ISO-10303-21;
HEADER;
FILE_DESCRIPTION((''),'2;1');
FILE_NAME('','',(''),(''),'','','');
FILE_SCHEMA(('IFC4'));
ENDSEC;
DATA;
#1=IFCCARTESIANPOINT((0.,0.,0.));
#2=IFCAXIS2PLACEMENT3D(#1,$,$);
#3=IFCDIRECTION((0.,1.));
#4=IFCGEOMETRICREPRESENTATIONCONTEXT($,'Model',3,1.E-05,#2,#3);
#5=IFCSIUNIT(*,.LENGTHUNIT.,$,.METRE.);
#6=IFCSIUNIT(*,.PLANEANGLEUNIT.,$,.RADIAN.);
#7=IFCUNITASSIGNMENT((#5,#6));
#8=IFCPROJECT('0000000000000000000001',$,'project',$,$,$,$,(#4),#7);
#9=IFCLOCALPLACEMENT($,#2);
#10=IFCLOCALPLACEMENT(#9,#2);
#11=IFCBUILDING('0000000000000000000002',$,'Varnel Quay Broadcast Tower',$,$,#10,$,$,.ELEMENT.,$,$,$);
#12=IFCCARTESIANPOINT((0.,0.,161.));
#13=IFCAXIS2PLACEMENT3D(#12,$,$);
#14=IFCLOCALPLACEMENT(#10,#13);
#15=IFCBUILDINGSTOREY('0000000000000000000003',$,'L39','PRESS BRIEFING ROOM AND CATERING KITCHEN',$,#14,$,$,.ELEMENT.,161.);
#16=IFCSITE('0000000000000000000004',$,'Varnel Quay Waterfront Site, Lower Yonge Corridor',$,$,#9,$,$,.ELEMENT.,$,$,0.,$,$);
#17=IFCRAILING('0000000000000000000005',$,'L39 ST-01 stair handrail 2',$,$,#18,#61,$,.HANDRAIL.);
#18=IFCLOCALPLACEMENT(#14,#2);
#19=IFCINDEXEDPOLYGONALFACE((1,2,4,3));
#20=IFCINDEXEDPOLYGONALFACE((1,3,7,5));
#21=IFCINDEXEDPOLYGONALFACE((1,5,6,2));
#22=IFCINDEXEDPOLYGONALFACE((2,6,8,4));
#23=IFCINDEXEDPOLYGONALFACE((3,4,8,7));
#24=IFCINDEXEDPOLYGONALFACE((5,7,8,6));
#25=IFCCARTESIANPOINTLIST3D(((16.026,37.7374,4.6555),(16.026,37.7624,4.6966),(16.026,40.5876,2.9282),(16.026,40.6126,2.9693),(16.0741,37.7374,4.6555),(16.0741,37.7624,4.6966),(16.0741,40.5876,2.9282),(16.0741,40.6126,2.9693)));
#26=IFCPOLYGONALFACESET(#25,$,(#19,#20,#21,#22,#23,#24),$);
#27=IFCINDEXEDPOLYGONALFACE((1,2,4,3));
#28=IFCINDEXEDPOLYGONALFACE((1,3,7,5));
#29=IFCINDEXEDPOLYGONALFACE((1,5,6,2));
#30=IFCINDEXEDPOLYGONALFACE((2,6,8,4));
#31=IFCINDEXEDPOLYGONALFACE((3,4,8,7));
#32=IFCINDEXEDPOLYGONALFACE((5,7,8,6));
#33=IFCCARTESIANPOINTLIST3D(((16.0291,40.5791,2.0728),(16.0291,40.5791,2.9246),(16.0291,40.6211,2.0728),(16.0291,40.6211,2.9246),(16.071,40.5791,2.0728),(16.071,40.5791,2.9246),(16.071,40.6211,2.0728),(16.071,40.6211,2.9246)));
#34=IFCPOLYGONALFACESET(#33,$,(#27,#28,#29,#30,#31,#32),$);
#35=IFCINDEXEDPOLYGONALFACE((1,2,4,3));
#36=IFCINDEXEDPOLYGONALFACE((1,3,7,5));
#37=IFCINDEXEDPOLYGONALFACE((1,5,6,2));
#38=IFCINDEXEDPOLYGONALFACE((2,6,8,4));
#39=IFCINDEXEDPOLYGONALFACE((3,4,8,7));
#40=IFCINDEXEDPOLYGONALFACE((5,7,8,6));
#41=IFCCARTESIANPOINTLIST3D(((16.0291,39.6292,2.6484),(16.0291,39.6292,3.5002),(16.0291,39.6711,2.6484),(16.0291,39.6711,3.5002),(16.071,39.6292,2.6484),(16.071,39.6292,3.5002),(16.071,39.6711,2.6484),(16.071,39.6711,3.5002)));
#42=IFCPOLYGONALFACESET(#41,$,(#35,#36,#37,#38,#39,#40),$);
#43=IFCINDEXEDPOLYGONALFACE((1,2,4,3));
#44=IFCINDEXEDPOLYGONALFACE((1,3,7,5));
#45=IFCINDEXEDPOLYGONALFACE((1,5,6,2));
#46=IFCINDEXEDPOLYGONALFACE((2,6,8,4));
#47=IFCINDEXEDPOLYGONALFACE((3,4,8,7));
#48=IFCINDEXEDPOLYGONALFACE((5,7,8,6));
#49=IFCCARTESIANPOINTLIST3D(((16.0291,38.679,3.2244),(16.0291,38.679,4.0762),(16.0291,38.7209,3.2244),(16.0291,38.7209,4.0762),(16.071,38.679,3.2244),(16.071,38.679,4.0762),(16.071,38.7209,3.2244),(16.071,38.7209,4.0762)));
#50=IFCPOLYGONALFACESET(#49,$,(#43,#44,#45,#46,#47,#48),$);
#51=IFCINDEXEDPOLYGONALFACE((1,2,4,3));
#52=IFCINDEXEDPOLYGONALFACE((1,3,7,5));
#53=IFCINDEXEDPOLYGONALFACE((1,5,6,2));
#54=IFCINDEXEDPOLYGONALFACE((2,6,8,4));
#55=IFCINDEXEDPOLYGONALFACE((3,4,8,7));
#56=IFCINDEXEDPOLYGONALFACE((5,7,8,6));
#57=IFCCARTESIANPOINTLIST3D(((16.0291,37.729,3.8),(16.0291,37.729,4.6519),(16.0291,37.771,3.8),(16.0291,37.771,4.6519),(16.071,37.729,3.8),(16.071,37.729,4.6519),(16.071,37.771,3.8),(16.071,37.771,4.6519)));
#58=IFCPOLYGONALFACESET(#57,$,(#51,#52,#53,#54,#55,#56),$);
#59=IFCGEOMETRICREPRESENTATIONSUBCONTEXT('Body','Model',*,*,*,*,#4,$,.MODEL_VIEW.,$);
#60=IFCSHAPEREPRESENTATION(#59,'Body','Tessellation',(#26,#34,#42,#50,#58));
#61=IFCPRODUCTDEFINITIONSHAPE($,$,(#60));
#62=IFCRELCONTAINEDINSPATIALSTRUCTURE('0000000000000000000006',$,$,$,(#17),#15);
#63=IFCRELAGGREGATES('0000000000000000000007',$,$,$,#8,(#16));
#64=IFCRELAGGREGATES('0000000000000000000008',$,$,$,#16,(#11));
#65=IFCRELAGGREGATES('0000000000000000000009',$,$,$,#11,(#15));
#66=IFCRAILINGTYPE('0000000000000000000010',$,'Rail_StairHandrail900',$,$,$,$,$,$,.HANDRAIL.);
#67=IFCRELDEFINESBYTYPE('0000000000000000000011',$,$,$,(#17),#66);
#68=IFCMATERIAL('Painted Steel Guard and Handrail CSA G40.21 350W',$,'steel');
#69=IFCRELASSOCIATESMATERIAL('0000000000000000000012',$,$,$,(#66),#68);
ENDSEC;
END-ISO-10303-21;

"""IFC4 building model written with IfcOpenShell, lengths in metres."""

from ifc_helpers import new_model, si_unit, direction, frame, origin, origin_2d, place, context, subcontext, project, spatial, rectangle, extrude, material, type_object, element, save


model = new_model("IFC4")

# Units and contexts
model_context = context("Model", 3, precision=1e-05, world=origin(), true_north=direction((0.0, 1.0)))
body_context = subcontext(model_context, "Body", "Model", "MODEL_VIEW")
ifc_project = project(units=[si_unit("LENGTHUNIT", "METRE"), si_unit("PLANEANGLEUNIT", "RADIAN")], contexts=[model_context])

# Site, building, storey
site_placement = place(None, origin())
site = spatial("IfcSite", under=ifc_project, at=site_placement, Name="Varnel Quay Waterfront Site, Lower Yonge Corridor", CompositionType="ELEMENT", RefElevation=0.0)
building_placement = place(site_placement, origin())
building = spatial("IfcBuilding", under=site, at=building_placement, Name="Varnel Quay Broadcast Tower", CompositionType="ELEMENT")
storey_placement = place(building_placement, frame((0.0, 0.0, 161.0)))
storey = spatial("IfcBuildingStorey", under=building, at=storey_placement, Name="L39", Description="PRESS BRIEFING ROOM AND CATERING KITCHEN", CompositionType="ELEMENT", Elevation=161.0)

# Railing
ifc_material_1 = material(Name="Painted Steel Guard and Handrail CSA G40.21 350W", Category="steel")
railing_type = type_object("IfcRailingType", Name="Rail_StairHandrail900", PredefinedType="HANDRAIL", material=ifc_material_1)
railing_placement = place(storey_placement, frame((16.05, 40.6001, 2.0728)))
element("IfcRailing", 1, at=railing_placement, inside=storey, type_object=railing_type, Name="L39 ST-01 stair handrail 2", PredefinedType="HANDRAIL", context=body_context, shape_type="SweptSolid", body=[
    extrude(rectangle(XDim=0.0481, YDim=0.0481, at=origin_2d()), frame((0.0, 0.0, 0.876), z_axis=(0.0, -0.855203, 0.518294), x_axis=(1.0, 0.0, 0.0)), (0.0, 0.0, 1.0), 3.3328),
    extrude(rectangle(XDim=0.042, YDim=0.042, at=origin_2d()), origin(), (0.0, 0.0, 1.0), 0.8518),
    extrude(rectangle(XDim=0.042, YDim=0.042, at=origin_2d()), frame((0.0, -0.95, 0.5757)), (0.0, 0.0, 1.0), 0.8518),
    extrude(rectangle(XDim=0.042, YDim=0.042, at=origin_2d()), frame((0.0, -1.9001, 1.1516)), (0.0, 0.0, 1.0), 0.8518),
    extrude(rectangle(XDim=0.042, YDim=0.042, at=origin_2d()), frame((0.0, -2.8501, 1.7273)), (0.0, 0.0, 1.0), 0.8518),
])

save(model, "model.ifc")
